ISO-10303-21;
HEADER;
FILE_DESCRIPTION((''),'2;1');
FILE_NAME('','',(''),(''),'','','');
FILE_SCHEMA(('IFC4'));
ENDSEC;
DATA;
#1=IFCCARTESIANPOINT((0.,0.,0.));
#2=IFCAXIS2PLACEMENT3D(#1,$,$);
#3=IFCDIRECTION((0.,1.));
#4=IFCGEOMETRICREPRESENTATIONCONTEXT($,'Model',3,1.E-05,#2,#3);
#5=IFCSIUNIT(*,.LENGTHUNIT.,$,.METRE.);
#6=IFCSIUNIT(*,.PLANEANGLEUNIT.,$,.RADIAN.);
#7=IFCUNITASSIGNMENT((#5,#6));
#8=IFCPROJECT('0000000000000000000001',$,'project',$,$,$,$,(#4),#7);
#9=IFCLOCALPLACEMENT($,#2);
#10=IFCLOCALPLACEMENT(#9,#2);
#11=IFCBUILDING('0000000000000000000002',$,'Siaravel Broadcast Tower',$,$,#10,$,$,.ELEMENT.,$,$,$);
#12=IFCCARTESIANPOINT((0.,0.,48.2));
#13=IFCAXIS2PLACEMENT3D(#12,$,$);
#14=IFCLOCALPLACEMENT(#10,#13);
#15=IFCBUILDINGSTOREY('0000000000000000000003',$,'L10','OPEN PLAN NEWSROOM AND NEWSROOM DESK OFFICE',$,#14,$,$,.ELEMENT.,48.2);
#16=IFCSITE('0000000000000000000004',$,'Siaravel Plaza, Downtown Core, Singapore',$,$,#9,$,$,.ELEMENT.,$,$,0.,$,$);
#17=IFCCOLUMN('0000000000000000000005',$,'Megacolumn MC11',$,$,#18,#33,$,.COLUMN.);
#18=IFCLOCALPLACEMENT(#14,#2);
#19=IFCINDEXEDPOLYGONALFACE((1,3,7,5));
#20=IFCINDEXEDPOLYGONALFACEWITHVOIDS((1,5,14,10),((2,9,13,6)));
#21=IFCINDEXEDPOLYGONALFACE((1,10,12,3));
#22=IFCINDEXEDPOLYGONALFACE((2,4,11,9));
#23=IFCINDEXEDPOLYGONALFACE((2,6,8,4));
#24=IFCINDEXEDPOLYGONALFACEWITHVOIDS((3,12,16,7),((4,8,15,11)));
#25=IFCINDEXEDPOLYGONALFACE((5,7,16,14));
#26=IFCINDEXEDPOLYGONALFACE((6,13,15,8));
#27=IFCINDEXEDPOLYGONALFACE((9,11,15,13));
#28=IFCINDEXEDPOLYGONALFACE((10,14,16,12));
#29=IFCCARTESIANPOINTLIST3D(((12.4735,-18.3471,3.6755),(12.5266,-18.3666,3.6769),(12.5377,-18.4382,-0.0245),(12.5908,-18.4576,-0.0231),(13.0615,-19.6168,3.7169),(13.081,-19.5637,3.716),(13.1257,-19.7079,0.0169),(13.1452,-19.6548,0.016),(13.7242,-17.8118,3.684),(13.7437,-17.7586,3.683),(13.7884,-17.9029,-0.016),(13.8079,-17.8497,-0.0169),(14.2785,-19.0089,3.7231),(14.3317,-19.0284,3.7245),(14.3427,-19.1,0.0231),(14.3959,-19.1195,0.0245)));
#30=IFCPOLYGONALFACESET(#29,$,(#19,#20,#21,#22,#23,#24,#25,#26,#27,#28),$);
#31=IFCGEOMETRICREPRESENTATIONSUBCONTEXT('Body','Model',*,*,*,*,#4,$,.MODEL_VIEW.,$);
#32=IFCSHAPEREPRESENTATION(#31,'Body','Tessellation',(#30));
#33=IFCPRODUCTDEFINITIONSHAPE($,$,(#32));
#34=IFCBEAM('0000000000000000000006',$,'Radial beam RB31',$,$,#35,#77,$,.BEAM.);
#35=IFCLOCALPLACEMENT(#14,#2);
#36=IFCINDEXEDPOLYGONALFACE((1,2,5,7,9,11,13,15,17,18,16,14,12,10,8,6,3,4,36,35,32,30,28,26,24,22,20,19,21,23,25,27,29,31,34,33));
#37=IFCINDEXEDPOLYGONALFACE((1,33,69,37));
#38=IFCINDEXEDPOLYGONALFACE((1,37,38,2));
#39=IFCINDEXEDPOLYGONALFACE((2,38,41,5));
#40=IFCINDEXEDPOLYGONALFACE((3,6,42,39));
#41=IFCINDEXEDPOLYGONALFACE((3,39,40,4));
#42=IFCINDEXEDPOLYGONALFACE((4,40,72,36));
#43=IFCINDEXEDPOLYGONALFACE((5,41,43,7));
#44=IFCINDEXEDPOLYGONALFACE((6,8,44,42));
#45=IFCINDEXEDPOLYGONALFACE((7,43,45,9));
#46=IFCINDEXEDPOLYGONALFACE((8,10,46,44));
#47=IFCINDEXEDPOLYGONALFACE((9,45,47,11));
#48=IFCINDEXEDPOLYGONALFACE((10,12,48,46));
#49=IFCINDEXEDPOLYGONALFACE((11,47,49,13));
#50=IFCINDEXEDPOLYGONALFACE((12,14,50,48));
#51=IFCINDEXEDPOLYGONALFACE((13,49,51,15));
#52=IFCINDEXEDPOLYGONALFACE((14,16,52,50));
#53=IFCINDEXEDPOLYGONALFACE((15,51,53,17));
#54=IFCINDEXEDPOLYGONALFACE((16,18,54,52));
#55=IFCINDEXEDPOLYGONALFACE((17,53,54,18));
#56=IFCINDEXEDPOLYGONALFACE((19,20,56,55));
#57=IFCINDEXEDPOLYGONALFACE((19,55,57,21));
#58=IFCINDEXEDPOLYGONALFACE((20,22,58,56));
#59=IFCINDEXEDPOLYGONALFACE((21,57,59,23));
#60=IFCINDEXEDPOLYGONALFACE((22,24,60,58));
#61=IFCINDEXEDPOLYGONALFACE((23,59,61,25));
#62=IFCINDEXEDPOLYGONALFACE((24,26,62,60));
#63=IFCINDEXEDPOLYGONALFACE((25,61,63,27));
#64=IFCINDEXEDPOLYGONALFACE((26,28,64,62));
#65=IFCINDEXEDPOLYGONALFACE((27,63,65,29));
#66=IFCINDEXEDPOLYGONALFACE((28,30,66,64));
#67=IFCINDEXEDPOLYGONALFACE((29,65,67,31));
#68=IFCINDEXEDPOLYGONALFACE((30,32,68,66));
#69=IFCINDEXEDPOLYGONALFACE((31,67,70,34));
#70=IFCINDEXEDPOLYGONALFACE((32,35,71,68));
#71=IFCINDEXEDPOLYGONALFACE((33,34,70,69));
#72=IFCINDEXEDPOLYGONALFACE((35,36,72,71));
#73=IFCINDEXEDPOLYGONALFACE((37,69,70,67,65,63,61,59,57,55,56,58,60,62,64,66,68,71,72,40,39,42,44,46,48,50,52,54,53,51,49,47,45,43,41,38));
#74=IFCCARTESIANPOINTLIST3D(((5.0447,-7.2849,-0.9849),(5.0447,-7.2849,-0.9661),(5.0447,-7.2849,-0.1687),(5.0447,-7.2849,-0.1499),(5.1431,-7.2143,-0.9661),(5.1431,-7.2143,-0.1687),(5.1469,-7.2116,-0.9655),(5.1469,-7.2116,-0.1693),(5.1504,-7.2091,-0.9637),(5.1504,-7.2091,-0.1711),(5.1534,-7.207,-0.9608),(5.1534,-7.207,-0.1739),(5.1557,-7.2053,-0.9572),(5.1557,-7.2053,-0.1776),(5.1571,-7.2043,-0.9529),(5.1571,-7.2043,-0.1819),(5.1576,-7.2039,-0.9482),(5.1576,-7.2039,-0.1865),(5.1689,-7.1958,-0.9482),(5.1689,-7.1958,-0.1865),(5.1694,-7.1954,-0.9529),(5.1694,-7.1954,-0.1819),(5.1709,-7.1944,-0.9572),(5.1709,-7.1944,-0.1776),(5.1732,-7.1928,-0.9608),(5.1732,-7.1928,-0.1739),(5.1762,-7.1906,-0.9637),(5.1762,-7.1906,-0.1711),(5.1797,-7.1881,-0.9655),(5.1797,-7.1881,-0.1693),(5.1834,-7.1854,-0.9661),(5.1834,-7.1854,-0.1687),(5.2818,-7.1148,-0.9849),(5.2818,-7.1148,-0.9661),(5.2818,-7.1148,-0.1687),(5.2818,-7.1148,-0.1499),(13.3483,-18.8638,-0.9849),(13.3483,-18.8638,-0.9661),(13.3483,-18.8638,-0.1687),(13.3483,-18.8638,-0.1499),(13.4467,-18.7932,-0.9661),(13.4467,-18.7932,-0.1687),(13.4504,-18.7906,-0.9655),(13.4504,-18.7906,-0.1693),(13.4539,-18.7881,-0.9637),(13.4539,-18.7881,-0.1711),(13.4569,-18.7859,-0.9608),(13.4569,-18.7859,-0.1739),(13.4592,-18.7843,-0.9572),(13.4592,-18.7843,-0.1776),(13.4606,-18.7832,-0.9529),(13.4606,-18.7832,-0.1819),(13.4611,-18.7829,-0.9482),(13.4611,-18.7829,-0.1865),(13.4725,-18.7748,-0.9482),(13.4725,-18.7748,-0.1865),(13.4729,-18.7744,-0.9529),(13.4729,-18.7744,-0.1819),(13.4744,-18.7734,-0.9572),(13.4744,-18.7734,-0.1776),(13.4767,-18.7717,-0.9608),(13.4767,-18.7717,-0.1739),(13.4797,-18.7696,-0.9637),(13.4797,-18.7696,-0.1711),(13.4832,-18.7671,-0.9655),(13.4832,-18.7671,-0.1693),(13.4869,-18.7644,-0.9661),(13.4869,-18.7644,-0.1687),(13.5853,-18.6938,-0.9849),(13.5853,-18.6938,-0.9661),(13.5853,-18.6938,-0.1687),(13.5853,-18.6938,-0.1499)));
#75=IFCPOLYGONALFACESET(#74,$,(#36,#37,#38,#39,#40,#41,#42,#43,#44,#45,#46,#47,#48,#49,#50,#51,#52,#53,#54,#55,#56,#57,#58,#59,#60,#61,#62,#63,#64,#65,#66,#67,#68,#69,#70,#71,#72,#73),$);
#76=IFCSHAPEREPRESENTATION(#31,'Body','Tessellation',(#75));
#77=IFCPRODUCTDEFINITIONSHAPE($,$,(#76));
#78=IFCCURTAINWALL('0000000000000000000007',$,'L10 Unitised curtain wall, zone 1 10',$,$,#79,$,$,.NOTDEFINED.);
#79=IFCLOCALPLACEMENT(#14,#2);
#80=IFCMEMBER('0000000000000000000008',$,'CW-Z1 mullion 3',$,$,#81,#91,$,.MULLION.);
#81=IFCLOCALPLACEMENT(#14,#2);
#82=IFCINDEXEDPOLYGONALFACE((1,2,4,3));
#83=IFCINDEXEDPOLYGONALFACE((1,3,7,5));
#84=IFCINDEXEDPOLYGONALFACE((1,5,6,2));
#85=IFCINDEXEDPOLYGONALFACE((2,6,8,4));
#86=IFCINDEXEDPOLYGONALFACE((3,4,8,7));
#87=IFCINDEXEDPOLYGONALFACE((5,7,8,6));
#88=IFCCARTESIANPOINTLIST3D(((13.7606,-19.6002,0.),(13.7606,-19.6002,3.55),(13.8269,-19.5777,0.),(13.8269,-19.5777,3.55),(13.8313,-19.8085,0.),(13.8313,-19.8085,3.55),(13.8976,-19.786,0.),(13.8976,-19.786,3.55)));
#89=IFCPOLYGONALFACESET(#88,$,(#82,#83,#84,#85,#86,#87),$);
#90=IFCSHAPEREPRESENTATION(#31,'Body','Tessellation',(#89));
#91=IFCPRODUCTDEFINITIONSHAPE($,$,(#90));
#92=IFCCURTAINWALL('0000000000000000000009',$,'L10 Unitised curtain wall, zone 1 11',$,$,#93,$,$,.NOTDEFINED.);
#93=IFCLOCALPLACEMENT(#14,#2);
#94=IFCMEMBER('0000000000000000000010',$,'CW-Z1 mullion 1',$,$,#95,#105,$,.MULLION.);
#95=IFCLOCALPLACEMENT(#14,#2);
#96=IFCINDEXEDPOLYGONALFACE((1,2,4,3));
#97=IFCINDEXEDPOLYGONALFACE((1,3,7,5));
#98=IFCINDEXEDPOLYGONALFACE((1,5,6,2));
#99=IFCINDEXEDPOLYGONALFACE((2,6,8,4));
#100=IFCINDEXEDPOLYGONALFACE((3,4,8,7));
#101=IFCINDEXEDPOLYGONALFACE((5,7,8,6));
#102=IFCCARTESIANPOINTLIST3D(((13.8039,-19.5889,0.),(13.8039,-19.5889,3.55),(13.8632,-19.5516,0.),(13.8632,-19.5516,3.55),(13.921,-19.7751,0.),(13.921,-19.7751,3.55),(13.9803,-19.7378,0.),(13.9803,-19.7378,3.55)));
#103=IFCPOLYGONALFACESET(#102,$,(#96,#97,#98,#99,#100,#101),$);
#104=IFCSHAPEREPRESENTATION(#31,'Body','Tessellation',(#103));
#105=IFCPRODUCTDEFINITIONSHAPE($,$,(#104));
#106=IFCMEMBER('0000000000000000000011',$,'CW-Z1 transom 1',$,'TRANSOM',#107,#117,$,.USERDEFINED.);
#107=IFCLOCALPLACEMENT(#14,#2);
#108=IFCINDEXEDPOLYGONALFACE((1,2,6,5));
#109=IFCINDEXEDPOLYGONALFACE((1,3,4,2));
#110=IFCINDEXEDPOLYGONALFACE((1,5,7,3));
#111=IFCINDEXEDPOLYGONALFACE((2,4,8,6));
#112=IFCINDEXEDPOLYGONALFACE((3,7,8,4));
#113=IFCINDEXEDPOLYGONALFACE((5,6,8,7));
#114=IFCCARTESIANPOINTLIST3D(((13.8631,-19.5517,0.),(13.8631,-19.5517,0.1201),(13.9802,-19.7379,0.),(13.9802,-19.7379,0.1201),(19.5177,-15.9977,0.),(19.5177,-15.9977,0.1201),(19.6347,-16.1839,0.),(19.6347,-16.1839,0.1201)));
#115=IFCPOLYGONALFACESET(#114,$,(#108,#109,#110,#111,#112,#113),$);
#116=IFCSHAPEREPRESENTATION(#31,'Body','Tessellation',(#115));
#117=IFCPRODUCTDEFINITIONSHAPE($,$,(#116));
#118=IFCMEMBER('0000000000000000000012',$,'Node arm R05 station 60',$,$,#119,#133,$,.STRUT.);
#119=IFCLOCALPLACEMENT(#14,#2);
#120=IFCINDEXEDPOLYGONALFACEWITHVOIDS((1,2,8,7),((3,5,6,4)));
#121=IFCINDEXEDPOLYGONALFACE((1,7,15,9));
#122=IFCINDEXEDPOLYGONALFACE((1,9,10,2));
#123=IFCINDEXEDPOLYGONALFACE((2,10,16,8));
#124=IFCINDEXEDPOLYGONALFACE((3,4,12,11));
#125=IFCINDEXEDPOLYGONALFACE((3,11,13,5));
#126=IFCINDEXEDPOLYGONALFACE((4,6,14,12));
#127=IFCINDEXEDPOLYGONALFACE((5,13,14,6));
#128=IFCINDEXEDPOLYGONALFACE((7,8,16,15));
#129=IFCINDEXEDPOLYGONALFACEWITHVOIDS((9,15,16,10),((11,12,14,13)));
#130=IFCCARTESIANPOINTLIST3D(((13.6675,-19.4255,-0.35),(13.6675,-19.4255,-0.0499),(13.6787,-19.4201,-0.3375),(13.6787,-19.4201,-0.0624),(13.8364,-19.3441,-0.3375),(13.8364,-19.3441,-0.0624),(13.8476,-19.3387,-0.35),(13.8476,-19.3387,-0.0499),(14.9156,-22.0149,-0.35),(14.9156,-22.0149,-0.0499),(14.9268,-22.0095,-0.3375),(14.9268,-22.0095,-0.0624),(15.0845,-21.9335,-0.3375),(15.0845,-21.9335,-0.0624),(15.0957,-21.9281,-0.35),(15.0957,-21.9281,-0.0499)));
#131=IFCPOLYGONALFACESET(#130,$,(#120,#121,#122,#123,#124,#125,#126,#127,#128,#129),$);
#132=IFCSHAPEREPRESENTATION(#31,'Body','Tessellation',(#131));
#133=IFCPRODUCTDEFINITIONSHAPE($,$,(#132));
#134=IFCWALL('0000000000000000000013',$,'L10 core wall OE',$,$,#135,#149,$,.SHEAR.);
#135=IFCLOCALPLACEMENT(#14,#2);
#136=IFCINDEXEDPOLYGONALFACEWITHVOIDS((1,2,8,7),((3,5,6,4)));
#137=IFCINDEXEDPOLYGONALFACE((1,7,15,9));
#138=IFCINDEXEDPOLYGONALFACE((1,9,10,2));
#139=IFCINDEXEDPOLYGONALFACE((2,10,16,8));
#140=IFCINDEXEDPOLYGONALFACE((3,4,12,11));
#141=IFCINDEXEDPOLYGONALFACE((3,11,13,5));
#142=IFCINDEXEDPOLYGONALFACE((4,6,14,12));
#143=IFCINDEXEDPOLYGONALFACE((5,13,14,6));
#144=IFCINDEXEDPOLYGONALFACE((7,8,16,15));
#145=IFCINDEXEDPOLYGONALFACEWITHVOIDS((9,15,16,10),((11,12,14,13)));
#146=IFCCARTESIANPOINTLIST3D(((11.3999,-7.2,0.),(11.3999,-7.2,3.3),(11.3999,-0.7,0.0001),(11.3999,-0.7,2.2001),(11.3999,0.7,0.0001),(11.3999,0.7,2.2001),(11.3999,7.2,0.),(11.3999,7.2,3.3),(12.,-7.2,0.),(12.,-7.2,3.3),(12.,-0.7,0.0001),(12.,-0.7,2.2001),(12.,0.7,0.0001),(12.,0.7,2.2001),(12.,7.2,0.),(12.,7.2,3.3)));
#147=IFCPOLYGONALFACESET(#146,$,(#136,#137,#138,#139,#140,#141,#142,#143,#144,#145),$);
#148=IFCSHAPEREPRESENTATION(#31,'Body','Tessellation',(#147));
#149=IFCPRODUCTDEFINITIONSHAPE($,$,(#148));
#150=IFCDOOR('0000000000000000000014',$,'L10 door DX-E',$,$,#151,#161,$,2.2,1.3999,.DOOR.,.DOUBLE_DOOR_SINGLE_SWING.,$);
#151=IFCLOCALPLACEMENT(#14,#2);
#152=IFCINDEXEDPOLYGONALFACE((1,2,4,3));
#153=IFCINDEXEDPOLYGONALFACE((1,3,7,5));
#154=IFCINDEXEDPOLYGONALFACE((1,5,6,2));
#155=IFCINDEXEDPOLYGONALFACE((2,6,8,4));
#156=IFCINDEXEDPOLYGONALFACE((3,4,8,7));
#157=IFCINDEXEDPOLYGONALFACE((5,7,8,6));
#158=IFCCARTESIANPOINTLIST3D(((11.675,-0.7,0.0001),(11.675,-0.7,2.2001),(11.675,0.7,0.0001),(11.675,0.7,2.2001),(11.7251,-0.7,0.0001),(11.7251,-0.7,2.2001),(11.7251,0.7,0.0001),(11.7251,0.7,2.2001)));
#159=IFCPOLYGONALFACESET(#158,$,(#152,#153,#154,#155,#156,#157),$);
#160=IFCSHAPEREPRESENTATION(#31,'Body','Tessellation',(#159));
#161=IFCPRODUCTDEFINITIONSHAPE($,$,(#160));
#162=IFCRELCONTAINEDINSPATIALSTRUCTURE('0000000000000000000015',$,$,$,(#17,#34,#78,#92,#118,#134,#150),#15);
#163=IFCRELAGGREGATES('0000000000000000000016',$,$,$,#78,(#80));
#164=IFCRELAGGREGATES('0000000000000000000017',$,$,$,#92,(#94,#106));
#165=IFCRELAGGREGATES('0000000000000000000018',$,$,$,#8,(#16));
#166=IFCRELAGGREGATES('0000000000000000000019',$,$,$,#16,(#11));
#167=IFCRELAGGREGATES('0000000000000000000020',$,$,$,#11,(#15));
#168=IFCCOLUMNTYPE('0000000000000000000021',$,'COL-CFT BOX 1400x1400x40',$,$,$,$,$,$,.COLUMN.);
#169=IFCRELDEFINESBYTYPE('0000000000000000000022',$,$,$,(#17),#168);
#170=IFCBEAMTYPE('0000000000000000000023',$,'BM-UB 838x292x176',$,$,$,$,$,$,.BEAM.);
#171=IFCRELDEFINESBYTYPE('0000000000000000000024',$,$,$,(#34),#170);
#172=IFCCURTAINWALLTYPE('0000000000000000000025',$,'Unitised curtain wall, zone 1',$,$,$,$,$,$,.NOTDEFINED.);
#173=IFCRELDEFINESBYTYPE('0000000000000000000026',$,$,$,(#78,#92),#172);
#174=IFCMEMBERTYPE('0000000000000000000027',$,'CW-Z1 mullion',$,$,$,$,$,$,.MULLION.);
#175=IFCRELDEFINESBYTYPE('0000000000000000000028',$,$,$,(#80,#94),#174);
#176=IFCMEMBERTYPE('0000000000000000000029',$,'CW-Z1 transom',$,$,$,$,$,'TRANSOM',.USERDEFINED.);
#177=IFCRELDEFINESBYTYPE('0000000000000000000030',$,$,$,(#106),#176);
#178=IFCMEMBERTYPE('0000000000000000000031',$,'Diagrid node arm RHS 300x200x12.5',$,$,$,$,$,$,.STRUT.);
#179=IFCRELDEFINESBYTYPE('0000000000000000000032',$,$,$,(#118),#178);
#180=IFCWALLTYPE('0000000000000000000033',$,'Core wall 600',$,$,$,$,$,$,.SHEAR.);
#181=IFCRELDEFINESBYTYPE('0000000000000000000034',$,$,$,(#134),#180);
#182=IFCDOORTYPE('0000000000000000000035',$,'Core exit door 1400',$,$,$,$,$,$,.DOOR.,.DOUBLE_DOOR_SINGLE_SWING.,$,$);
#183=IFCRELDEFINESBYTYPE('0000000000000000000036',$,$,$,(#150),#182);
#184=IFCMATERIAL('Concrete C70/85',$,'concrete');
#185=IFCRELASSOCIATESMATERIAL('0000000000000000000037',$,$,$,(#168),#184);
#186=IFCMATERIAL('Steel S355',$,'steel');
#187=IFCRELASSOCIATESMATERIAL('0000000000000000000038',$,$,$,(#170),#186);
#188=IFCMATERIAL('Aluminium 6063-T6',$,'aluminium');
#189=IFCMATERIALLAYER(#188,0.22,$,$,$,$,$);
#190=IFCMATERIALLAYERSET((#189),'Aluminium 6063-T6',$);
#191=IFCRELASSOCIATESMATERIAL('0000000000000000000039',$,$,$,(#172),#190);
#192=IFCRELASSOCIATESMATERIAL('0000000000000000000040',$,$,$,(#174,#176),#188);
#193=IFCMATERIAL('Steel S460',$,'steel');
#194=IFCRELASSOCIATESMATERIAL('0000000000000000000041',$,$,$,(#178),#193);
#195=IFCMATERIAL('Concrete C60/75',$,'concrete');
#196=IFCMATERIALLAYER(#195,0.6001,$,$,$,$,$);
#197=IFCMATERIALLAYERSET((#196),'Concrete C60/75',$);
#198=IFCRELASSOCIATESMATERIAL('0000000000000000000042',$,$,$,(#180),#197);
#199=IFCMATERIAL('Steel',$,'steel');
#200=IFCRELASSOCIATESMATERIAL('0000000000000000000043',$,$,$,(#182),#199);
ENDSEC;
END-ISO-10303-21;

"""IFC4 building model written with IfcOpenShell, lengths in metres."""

from ifc_helpers import new_model, si_unit, direction, frame, frame_2d, origin, origin_2d, place, context, subcontext, project, spatial, rectangle, hollow_rectangle, i_section, extrude, material, layer, layer_set, material_profile, profile_set, type_object, element, fill, aggregate, save


model = new_model("IFC4")

# Units and contexts
model_context = context("Model", 3, precision=1e-05, world=origin(), true_north=direction((0.0, 1.0)))
body_context = subcontext(model_context, "Body", "Model", "MODEL_VIEW")
ifc_project = project(units=[si_unit("LENGTHUNIT", "METRE"), si_unit("PLANEANGLEUNIT", "RADIAN")], contexts=[model_context])

# Site, building, storey
site_placement = place(None, origin())
site = spatial("IfcSite", under=ifc_project, at=site_placement, Name="Siaravel Plaza, Downtown Core, Singapore", CompositionType="ELEMENT", RefElevation=0.0)
building_placement = place(site_placement, origin())
building = spatial("IfcBuilding", under=site, at=building_placement, Name="Siaravel Broadcast Tower", CompositionType="ELEMENT")
storey_placement = place(building_placement, frame((0.0, 0.0, 48.2)))
storey = spatial("IfcBuildingStorey", under=building, at=storey_placement, Name="L10", Description="OPEN PLAN NEWSROOM AND NEWSROOM DESK OFFICE", CompositionType="ELEMENT", Elevation=48.2)

# Column
ifc_material_1 = material(Name="Concrete C70/85", Category="concrete")
ifc_material_profile_1 = material_profile(ifc_material_1, hollow_rectangle(XDim=1.3999, YDim=1.3999, WallThickness=0.04, at=origin_2d()))
ifc_profile_set_1 = profile_set([ifc_material_profile_1], Name="Concrete C70/85")
column_type = type_object("IfcColumnType", Name="COL-CFT BOX 1400x1400x40", PredefinedType="COLUMN", material=ifc_profile_set_1)
column_placement = place(storey_placement, frame((13.4668, -18.7788, 0.0), z_axis=(-0.017346, 0.024601, 0.999547), x_axis=(-0.907346, -0.420349, -0.0054)))
element("IfcColumn", 1, at=column_placement, inside=storey, type_object=column_type, Name="Megacolumn MC11", PredefinedType="COLUMN", context=body_context, shape_type="SweptSolid", body=[
    extrude(hollow_rectangle(XDim=1.3999, YDim=1.3999, WallThickness=0.04, at=origin_2d()), origin(), (0.0, 0.0, 1.0), 3.7017),
])

# Beam
ifc_material_2 = material(Name="Steel S355", Category="steel")
ifc_material_profile_2 = material_profile(ifc_material_2, i_section(OverallWidth=0.2917, OverallDepth=0.835, WebThickness=0.0139, FlangeThickness=0.0188, FilletRadius=0.0178, at=origin_2d()))
ifc_profile_set_2 = profile_set([ifc_material_profile_2], Name="Steel S355")
beam_type = type_object("IfcBeamType", Name="BM-UB 838x292x176", PredefinedType="BEAM", material=ifc_profile_set_2)
beam_placement = place(storey_placement, frame((13.4668, -18.7788, -0.5674), z_axis=(-0.582764, 0.812641, 0.0), x_axis=(-0.812641, -0.582764, 0.0)))
element("IfcBeam", 2, at=beam_placement, inside=storey, type_object=beam_type, Name="Radial beam RB31", PredefinedType="BEAM", context=body_context, shape_type="SweptSolid", body=[
    extrude(i_section(OverallWidth=0.2917, OverallDepth=0.835, WebThickness=0.0139, FlangeThickness=0.0188, FilletRadius=0.0178, at=origin_2d()), origin(), (0.0, 0.0, 1.0), 14.2485),
])

# Curtain wall, member
ifc_material_3 = material(Name="Aluminium 6063-T6", Category="aluminium")
ifc_layer_1 = layer(ifc_material_3, 0.22)
ifc_layer_set_1 = layer_set([ifc_layer_1], Name="Aluminium 6063-T6")
curtain_wall_type = type_object("IfcCurtainWallType", Name="Unitised curtain wall, zone 1", PredefinedType="NOTDEFINED", material=ifc_layer_set_1)
curtain_wall_1_placement = place(storey_placement, origin())
curtain_wall_1 = element("IfcCurtainWall", 3, at=curtain_wall_1_placement, inside=storey, type_object=curtain_wall_type, Name="L10 Unitised curtain wall, zone 1 10", PredefinedType="NOTDEFINED")
ifc_material_profile_3 = material_profile(ifc_material_3, rectangle(XDim=0.22, YDim=0.0701, at=origin_2d()))
ifc_profile_set_3 = profile_set([ifc_material_profile_3], Name="Aluminium 6063-T6")
member_type_1 = type_object("IfcMemberType", Name="CW-Z1 mullion", PredefinedType="MULLION", material=ifc_profile_set_3)
member_1_placement = place(storey_placement, frame((13.8291, -19.6931, 0.0), z_axis=(0.0, 0.0, 1.0), x_axis=(-0.321301, 0.946977, 0.0)))
member_1 = element("IfcMember", 4, at=member_1_placement, type_object=member_type_1, Name="CW-Z1 mullion 3", PredefinedType="MULLION", context=body_context, shape_type="SweptSolid", body=[
    extrude(rectangle(XDim=0.22, YDim=0.0701, at=origin_2d()), origin(), (0.0, 0.0, 1.0), 3.55),
])
aggregate(curtain_wall_1, [member_1])

# Curtain wall, members
curtain_wall_2_placement = place(storey_placement, origin())
curtain_wall_2 = element("IfcCurtainWall", 5, at=curtain_wall_2_placement, inside=storey, type_object=curtain_wall_type, Name="L10 Unitised curtain wall, zone 1 11", PredefinedType="NOTDEFINED")
member_2_placement = place(storey_placement, frame((13.8921, -19.6633, 0.0), z_axis=(0.0, 0.0, 1.0), x_axis=(-0.532149, 0.846651, 0.0)))
member_2 = element("IfcMember", 6, at=member_2_placement, type_object=member_type_1, Name="CW-Z1 mullion 1", PredefinedType="MULLION", context=body_context, shape_type="SweptSolid", body=[
    extrude(rectangle(XDim=0.22, YDim=0.0701, at=origin_2d()), origin(), (0.0, 0.0, 1.0), 3.55),
])
ifc_material_profile_4 = material_profile(ifc_material_3, rectangle(XDim=0.22, YDim=0.1201, at=origin_2d()))
ifc_profile_set_4 = profile_set([ifc_material_profile_4], Name="Aluminium 6063-T6")
member_type_2 = type_object("IfcMemberType", Name="CW-Z1 transom", ElementType="TRANSOM", PredefinedType="USERDEFINED", material=ifc_profile_set_4)
member_3_placement = place(storey_placement, frame((13.9216, -19.6448, 0.0601), z_axis=(0.846659, 0.532136, 0.0), x_axis=(-0.532136, 0.846659, 0.0)))
member_3 = element("IfcMember", 7, at=member_3_placement, type_object=member_type_2, Name="CW-Z1 transom 1", ObjectType="TRANSOM", PredefinedType="USERDEFINED", context=body_context, shape_type="SweptSolid", body=[
    extrude(rectangle(XDim=0.22, YDim=0.1201, at=origin_2d()), origin(), (0.0, 0.0, 1.0), 6.6787),
])
aggregate(curtain_wall_2, [member_2, member_3])

# Member
ifc_material_4 = material(Name="Steel S460", Category="steel")
ifc_material_profile_5 = material_profile(ifc_material_4, hollow_rectangle(XDim=0.2, YDim=0.3, WallThickness=0.0125, at=origin_2d()))
ifc_profile_set_5 = profile_set([ifc_material_profile_5], Name="Steel S460")
member_type_3 = type_object("IfcMemberType", Name="Diagrid node arm RHS 300x200x12.5", PredefinedType="STRUT", material=ifc_profile_set_5)
member_4_placement = place(storey_placement, frame((13.7576, -19.3821, -0.2), z_axis=(0.434188, -0.900822, 0.0), x_axis=(0.900822, 0.434188, 0.0)))
element("IfcMember", 8, at=member_4_placement, inside=storey, type_object=member_type_3, Name="Node arm R05 station 60", PredefinedType="STRUT", context=body_context, shape_type="SweptSolid", body=[
    extrude(hollow_rectangle(XDim=0.2, YDim=0.3, WallThickness=0.0125, at=origin_2d()), origin(), (0.0, 0.0, 1.0), 2.8745),
])

# Wall, opening, door
ifc_material_5 = material(Name="Concrete C60/75", Category="concrete")
ifc_layer_2 = layer(ifc_material_5, 0.6001)
ifc_layer_set_2 = layer_set([ifc_layer_2], Name="Concrete C60/75")
wall_type_1 = type_object("IfcWallType", Name="Core wall 600", PredefinedType="SHEAR", material=ifc_layer_set_2)
wall_1_placement = place(storey_placement, frame((11.7, -7.2, 0.0), z_axis=(0.0, 0.0, 1.0), x_axis=(0.0, 1.0, 0.0)))
wall_1 = element("IfcWall", 9, at=wall_1_placement, inside=storey, type_object=wall_type_1, Name="L10 core wall OE", PredefinedType="SHEAR", context=body_context, shape_type="SweptSolid", body=[
    extrude(rectangle(XDim=14.3999, YDim=0.6001, at=frame_2d((7.2, 0.0))), origin(), (0.0, 0.0, 1.0), 3.3),
])
opening_1_placement = place(wall_1_placement, frame((6.5, 0.0, 0.0)))
opening_1 = element("IfcOpeningElement", 10, at=opening_1_placement, cuts=wall_1, PredefinedType="OPENING", context=body_context, shape_type="SweptSolid", body=[
    extrude(rectangle(XDim=1.3999, YDim=2.2, at=frame_2d((0.7, 1.1001))), frame((0.0, 0.3101, 0.0), z_axis=(0.0, -1.0, 0.0), x_axis=(1.0, 0.0, 0.0)), (0.0, 0.0, 1.0), 0.6201),
])
ifc_material_6 = material(Name="Steel", Category="steel")
door_type_1 = type_object("IfcDoorType", Name="Core exit door 1400", OperationType="DOUBLE_DOOR_SINGLE_SWING", PredefinedType="DOOR", material=ifc_material_6)
door_1_placement = place(opening_1_placement, origin())
door_1 = element("IfcDoor", 11, at=door_1_placement, inside=storey, type_object=door_type_1, Name="L10 door DX-E", OperationType="DOUBLE_DOOR_SINGLE_SWING", OverallHeight=2.2, OverallWidth=1.3999, PredefinedType="DOOR", context=body_context, shape_type="SweptSolid", body=[
    extrude(rectangle(XDim=1.3999, YDim=2.2, at=frame_2d((0.7, 1.1001))), frame((0.0, 0.0249, 0.0), z_axis=(0.0, -1.0, 0.0), x_axis=(1.0, 0.0, 0.0)), (0.0, 0.0, 1.0), 0.05),
])
fill(opening_1, door_1)

save(model, "model.ifc")
